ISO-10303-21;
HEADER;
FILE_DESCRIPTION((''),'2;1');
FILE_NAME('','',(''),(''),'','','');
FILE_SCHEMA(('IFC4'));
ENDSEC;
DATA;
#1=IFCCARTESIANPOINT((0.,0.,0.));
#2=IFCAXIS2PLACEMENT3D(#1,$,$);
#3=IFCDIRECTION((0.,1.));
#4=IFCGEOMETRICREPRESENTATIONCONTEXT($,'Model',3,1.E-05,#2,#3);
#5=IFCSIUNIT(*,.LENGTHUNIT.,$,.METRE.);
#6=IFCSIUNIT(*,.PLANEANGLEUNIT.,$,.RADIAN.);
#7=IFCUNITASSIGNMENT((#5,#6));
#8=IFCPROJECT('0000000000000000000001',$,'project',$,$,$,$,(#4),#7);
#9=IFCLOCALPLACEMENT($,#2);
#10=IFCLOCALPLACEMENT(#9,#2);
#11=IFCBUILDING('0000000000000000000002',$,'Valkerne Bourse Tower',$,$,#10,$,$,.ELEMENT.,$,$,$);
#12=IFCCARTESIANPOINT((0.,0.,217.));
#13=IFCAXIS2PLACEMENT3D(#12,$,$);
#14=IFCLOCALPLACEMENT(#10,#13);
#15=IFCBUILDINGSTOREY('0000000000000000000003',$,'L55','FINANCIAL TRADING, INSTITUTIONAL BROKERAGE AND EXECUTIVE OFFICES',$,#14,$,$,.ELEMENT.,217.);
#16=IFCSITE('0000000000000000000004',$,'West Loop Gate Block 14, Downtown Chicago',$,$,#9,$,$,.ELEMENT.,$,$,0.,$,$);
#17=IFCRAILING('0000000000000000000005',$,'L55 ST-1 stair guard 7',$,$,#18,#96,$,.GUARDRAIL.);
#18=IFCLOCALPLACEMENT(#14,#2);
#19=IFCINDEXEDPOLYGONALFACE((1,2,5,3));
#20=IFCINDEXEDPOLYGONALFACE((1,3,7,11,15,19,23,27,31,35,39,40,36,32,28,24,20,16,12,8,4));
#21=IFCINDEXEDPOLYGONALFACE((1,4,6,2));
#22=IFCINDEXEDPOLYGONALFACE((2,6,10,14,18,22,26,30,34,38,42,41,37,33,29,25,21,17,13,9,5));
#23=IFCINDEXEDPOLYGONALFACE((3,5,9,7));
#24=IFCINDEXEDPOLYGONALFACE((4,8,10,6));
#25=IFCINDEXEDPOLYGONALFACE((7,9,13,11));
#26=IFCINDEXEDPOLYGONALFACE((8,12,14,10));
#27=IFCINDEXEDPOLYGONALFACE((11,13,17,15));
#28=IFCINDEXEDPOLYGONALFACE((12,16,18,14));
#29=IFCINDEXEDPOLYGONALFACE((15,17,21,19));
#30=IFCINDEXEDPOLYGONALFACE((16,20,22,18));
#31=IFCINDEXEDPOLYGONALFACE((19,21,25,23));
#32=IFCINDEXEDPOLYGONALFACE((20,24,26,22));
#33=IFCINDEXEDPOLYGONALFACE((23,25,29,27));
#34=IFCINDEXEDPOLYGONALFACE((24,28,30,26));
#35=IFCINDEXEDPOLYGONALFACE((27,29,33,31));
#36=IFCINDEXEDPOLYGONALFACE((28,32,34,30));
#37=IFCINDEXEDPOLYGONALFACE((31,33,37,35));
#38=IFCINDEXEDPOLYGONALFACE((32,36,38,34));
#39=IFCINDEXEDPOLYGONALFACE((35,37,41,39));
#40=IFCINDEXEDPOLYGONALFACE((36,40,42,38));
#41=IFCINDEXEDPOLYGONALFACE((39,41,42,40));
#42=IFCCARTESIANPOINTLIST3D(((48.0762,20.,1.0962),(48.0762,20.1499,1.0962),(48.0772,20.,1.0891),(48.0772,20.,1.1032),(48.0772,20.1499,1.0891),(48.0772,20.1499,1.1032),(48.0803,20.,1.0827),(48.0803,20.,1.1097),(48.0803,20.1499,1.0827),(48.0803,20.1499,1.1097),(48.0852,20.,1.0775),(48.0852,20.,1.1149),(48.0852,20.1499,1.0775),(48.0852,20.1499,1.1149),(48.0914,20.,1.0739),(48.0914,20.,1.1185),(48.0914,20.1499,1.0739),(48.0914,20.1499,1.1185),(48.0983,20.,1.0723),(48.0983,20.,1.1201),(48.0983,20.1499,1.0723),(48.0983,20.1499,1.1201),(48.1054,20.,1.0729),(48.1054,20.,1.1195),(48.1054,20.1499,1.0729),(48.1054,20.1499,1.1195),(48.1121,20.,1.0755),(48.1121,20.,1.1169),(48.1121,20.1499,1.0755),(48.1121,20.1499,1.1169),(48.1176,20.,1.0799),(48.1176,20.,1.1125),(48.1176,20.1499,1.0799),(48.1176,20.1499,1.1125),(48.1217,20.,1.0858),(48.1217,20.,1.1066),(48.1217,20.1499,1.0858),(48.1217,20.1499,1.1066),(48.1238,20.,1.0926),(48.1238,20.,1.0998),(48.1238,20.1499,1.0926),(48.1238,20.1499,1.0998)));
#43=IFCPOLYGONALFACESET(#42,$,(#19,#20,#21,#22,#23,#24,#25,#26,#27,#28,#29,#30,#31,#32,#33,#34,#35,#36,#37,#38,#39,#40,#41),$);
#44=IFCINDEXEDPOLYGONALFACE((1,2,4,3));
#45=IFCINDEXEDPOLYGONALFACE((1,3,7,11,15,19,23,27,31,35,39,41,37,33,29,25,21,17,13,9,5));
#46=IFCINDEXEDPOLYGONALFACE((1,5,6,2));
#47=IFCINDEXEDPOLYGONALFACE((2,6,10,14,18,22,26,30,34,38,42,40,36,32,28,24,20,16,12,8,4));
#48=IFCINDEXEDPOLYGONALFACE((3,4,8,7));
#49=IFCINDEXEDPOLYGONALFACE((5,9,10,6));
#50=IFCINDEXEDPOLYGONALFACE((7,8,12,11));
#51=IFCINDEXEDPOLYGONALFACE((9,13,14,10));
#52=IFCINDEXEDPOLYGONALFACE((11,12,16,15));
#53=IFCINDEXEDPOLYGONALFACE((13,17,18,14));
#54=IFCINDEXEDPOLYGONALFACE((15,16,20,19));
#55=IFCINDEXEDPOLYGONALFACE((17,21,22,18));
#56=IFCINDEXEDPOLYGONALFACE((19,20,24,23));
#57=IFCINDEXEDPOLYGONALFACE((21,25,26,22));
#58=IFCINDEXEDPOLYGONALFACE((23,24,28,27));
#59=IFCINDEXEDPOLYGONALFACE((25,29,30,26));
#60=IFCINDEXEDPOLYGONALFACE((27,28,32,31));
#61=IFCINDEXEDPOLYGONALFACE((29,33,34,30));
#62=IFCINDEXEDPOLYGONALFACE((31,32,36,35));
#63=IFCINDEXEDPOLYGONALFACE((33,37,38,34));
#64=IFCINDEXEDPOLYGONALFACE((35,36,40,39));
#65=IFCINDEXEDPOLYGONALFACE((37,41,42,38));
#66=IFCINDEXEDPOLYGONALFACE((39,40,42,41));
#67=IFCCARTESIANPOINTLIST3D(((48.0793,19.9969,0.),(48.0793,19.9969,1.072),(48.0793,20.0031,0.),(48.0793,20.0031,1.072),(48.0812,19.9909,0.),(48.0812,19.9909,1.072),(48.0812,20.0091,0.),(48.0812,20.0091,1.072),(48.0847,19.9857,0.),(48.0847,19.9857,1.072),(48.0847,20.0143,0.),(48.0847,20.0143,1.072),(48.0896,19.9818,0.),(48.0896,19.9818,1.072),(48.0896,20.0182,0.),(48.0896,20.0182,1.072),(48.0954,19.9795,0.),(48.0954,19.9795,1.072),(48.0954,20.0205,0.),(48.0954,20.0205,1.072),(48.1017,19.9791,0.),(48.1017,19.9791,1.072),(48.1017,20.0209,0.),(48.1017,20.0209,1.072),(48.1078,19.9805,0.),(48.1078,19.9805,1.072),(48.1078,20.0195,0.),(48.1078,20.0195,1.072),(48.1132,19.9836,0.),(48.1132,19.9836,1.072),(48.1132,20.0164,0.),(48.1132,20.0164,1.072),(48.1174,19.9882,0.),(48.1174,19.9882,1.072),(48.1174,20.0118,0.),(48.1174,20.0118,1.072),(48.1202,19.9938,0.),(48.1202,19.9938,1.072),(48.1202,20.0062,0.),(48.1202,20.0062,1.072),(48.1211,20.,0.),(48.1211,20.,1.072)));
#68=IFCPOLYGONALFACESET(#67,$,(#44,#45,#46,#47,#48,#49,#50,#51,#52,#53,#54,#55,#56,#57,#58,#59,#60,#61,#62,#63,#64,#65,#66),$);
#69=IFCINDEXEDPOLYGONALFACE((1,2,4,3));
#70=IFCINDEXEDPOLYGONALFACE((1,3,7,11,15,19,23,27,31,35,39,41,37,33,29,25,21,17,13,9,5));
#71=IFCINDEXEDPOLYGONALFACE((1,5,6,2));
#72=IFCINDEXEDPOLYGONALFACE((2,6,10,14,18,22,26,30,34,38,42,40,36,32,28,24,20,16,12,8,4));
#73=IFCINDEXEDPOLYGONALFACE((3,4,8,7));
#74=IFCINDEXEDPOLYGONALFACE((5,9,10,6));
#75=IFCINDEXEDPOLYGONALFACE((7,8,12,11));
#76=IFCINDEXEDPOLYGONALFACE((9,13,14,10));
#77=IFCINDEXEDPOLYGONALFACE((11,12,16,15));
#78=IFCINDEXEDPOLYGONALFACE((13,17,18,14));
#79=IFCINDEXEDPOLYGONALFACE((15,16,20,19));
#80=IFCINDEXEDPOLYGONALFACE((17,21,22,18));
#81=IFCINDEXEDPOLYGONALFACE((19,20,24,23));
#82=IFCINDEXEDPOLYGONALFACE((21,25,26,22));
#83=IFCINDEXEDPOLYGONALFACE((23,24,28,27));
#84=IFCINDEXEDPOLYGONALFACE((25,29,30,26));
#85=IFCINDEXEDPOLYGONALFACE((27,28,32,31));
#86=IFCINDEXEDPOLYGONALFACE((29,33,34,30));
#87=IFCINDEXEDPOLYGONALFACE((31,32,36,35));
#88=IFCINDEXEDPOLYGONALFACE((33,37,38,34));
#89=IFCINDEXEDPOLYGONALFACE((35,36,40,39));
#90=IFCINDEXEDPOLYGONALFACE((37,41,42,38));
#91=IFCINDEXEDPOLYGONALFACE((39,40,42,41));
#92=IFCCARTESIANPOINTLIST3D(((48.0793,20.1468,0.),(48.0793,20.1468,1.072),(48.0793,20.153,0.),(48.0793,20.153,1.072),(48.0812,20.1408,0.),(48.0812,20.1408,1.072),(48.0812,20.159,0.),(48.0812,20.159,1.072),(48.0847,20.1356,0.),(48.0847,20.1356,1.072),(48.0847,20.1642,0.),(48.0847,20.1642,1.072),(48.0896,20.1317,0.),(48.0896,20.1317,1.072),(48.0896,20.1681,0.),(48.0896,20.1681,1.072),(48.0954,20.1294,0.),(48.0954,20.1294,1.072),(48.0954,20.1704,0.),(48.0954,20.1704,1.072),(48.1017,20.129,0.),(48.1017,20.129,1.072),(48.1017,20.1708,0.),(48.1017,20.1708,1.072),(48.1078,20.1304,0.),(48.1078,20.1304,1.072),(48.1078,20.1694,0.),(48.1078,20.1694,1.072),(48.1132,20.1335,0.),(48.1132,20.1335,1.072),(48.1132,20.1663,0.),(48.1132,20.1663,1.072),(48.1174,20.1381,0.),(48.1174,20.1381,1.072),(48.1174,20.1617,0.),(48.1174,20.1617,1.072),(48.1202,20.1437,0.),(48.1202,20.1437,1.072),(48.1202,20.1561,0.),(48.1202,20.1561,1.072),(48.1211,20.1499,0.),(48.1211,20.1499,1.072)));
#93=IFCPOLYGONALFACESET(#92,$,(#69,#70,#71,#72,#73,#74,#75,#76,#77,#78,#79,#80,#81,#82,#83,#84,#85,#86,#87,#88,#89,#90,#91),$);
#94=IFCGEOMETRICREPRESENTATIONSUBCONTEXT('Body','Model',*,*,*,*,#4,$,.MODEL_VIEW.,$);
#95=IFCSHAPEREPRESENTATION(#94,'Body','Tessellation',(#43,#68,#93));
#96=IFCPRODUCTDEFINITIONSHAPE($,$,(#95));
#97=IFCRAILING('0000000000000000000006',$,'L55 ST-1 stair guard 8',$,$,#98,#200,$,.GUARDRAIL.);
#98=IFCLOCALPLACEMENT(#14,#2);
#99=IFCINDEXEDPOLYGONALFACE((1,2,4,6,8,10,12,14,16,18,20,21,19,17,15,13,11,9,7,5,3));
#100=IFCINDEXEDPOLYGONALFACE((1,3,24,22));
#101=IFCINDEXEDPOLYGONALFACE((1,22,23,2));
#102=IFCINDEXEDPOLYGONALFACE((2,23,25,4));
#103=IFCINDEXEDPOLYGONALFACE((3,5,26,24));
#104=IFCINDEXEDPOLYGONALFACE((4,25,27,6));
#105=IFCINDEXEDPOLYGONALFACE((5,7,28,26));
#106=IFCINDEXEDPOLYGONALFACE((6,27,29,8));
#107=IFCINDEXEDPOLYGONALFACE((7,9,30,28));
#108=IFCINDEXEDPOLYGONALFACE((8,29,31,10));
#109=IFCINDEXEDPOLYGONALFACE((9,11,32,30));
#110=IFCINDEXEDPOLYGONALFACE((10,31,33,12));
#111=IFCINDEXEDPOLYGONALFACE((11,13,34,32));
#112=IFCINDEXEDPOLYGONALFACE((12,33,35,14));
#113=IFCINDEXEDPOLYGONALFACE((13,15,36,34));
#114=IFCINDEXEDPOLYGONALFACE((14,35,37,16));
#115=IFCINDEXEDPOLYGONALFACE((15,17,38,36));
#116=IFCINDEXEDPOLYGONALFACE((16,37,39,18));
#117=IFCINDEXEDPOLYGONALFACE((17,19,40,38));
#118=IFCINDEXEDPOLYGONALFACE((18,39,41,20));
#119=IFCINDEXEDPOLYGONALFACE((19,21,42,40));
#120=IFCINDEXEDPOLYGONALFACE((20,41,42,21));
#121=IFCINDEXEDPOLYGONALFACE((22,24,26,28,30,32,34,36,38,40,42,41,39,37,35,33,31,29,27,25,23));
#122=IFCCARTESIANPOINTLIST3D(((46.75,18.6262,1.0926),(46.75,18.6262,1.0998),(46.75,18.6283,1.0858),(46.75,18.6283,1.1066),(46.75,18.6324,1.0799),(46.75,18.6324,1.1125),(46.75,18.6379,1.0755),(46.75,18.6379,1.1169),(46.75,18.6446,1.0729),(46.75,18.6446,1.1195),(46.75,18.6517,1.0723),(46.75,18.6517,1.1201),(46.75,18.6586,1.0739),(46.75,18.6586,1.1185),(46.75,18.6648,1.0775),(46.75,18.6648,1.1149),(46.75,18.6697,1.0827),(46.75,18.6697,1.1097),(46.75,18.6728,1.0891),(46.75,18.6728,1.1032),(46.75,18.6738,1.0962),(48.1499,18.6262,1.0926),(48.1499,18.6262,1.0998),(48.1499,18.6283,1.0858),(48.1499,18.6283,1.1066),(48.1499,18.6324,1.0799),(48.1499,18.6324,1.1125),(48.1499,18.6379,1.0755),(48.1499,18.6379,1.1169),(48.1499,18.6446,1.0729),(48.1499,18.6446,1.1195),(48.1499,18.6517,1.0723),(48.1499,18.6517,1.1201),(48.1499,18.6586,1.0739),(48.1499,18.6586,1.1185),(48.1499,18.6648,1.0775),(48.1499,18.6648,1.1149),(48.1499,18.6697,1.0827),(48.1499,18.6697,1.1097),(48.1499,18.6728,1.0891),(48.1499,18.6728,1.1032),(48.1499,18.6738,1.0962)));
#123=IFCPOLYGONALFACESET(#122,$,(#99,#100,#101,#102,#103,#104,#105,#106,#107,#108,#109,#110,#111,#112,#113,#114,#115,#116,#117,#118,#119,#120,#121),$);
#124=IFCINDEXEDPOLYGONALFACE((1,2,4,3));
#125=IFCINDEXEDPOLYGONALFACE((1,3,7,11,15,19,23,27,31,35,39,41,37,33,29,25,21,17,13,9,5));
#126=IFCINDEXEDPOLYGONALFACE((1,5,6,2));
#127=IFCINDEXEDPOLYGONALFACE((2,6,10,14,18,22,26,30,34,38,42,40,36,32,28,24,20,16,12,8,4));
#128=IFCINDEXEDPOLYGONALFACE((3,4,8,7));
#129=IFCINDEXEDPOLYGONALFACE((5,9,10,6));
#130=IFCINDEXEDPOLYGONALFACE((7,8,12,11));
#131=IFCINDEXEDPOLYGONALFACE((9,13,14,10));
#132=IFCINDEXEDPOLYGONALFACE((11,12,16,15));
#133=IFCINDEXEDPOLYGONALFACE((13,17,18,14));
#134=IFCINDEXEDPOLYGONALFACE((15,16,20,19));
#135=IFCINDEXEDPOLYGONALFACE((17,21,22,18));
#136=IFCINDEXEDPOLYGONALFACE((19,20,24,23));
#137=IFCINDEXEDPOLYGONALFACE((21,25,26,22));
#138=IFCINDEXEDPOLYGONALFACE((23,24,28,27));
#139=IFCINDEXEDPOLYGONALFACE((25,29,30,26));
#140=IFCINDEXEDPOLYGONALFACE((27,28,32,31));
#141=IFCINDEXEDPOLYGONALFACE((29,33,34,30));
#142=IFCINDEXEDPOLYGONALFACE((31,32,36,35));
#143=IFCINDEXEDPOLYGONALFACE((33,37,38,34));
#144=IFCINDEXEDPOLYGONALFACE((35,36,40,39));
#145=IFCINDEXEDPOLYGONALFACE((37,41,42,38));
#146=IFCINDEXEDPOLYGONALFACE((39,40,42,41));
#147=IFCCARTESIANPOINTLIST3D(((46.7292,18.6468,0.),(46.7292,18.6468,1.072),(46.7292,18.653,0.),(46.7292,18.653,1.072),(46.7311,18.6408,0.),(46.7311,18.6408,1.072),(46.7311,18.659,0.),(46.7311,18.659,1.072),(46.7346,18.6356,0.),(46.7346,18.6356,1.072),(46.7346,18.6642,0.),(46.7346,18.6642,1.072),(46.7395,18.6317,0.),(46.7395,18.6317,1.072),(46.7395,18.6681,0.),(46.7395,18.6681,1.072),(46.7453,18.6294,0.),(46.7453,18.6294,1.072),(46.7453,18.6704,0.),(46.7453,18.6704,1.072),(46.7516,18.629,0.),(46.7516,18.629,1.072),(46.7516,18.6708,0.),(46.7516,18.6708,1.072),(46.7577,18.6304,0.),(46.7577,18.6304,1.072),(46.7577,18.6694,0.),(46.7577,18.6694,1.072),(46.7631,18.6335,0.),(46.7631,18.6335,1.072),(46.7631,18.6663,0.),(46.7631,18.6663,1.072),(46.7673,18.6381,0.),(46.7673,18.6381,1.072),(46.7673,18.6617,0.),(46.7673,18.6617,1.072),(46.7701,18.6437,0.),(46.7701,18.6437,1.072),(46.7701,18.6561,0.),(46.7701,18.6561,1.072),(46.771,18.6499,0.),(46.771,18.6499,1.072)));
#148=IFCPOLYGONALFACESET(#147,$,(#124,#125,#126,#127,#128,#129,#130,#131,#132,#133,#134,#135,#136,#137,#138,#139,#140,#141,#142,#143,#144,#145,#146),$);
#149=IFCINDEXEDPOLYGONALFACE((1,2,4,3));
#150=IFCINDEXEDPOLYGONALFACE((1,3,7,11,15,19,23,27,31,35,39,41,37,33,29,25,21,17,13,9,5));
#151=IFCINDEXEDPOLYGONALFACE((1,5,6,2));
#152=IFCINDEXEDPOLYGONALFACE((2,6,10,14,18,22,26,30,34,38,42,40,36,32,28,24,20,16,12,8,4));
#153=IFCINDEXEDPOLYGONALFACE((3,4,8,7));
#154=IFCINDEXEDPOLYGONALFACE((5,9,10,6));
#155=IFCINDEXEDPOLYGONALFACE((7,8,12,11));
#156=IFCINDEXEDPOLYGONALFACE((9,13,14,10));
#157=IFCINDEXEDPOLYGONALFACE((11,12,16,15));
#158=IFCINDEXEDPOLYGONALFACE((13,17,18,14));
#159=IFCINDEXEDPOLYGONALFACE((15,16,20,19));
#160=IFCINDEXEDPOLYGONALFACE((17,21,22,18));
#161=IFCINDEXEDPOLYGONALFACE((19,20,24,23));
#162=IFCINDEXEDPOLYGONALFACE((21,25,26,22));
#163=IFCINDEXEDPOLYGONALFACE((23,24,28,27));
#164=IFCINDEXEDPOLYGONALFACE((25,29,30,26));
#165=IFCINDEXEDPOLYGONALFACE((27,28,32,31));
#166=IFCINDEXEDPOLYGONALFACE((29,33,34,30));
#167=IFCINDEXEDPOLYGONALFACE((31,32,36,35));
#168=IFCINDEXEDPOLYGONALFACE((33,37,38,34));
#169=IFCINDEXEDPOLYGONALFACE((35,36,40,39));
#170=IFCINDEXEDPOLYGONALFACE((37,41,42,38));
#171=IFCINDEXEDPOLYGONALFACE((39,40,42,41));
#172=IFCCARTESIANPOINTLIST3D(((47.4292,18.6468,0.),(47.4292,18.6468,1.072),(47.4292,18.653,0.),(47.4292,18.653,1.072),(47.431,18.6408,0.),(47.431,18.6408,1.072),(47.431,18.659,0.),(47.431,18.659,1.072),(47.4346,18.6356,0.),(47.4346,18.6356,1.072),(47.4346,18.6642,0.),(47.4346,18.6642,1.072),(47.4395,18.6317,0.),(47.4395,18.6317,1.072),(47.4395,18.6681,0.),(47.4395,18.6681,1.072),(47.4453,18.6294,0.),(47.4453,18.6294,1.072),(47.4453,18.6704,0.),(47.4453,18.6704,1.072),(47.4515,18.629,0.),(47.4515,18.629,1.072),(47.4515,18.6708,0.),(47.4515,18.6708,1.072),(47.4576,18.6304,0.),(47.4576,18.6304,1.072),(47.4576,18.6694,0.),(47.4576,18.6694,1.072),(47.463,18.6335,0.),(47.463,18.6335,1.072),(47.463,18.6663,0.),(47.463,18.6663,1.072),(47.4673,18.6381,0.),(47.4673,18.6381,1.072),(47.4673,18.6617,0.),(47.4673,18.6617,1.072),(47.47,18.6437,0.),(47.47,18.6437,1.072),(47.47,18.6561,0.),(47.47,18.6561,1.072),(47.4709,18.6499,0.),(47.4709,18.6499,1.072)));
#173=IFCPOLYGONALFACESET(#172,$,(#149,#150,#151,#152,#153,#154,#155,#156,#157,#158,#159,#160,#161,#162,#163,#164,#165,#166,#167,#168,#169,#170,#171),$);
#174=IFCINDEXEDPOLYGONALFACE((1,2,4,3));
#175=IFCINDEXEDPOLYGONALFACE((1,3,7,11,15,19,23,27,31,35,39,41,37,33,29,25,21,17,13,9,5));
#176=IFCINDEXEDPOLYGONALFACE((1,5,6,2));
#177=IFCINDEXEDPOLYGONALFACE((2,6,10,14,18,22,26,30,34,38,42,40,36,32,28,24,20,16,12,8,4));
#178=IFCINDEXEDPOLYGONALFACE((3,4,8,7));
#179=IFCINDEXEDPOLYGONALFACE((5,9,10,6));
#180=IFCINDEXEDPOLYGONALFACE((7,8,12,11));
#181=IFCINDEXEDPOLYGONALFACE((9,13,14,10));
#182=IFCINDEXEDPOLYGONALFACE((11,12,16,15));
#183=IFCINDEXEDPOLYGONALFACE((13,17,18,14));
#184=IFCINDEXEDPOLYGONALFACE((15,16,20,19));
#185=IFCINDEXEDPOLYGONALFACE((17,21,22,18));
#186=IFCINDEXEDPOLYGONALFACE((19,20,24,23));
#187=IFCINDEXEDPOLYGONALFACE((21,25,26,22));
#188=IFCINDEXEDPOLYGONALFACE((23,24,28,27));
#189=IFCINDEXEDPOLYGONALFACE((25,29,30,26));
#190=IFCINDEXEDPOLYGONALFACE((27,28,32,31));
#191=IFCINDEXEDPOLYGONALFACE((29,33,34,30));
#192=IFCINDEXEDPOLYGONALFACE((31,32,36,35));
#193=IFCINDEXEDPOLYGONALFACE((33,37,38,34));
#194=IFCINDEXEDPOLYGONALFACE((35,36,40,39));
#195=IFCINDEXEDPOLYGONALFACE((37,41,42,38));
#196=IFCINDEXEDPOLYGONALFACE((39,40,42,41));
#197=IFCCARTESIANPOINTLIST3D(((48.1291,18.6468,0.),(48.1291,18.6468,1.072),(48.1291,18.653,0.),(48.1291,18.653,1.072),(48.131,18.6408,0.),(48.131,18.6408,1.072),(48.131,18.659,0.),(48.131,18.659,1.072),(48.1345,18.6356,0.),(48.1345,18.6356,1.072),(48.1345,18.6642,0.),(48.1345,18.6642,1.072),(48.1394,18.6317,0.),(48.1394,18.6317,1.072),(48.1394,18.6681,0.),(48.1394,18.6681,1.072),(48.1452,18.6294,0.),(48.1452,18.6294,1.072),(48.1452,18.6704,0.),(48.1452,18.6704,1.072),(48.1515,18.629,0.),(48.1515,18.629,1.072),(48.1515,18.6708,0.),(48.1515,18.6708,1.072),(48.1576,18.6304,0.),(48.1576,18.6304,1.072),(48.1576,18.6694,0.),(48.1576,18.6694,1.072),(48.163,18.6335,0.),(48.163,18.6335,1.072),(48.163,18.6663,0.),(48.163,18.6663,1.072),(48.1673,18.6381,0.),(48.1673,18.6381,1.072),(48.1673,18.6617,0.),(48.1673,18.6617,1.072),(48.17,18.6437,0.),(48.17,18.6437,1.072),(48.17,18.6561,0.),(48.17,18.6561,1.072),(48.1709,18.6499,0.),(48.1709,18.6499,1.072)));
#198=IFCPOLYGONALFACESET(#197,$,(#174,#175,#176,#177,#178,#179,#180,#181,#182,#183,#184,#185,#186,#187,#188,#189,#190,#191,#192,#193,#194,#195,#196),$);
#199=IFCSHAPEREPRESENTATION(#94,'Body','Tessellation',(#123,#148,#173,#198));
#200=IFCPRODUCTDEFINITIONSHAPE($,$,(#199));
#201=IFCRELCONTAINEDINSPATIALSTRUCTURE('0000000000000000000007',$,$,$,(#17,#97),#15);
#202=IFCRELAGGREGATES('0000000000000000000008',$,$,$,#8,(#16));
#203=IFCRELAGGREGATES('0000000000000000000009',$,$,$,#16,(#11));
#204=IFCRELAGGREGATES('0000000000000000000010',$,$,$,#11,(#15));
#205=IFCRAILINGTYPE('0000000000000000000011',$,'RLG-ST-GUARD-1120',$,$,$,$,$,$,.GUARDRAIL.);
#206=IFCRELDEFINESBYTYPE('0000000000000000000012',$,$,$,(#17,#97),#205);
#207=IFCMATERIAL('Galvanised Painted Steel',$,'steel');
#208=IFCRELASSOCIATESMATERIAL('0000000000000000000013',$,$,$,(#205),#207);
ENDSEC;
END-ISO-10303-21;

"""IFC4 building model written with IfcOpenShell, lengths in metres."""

from ifc_helpers import new_model, si_unit, direction, frame, origin, origin_2d, place, context, subcontext, project, spatial, circle, extrude, material, type_object, element, save


model = new_model("IFC4")

# Units and contexts
model_context = context("Model", 3, precision=1e-05, world=origin(), true_north=direction((0.0, 1.0)))
body_context = subcontext(model_context, "Body", "Model", "MODEL_VIEW")
ifc_project = project(units=[si_unit("LENGTHUNIT", "METRE"), si_unit("PLANEANGLEUNIT", "RADIAN")], contexts=[model_context])

# Site, building, storey
site_placement = place(None, origin())
site = spatial("IfcSite", under=ifc_project, at=site_placement, Name="West Loop Gate Block 14, Downtown Chicago", CompositionType="ELEMENT", RefElevation=0.0)
building_placement = place(site_placement, origin())
building = spatial("IfcBuilding", under=site, at=building_placement, Name="Valkerne Bourse Tower", CompositionType="ELEMENT")
storey_placement = place(building_placement, frame((0.0, 0.0, 217.0)))
storey = spatial("IfcBuildingStorey", under=building, at=storey_placement, Name="L55", Description="FINANCIAL TRADING, INSTITUTIONAL BROKERAGE AND EXECUTIVE OFFICES", CompositionType="ELEMENT", Elevation=217.0)

# Shared definitions
ifc_material_1 = material(Name="Galvanised Painted Steel", Category="steel")

# Railings
railing_type_1 = type_object("IfcRailingType", Name="RLG-ST-GUARD-1120", PredefinedType="GUARDRAIL", material=ifc_material_1)
railing_1_placement = place(storey_placement, frame((48.1001, 20.0, 0.0)))
element("IfcRailing", 1, at=railing_1_placement, inside=storey, type_object=railing_type_1, Name="L55 ST-1 stair guard 7", PredefinedType="GUARDRAIL", context=body_context, shape_type="SweptSolid", body=[
    extrude(circle(Radius=0.0239, at=origin_2d()), frame((0.0, 0.0, 1.0962), z_axis=(0.0, 1.0, 0.0), x_axis=(-1.0, 0.0, 0.0)), (0.0, 0.0, 1.0), 0.1499),
    extrude(circle(Radius=0.021, at=origin_2d()), origin(), (0.0, 0.0, 1.0), 1.072),
    extrude(circle(Radius=0.021, at=origin_2d()), frame((0.0, 0.1499, 0.0)), (0.0, 0.0, 1.0), 1.072),
])
for number, where, name in (
    (2, (46.75, 18.6499, 0.0), "L55 ST-1 stair guard 8"),
):
    element("IfcRailing", number, at=place(storey_placement, frame(where)), inside=storey, type_object=railing_type_1, Name=name, PredefinedType="GUARDRAIL", context=body_context, shape_type="SweptSolid", body=[
        extrude(circle(Radius=0.0239, at=origin_2d()), frame((0.0, 0.0, 1.0962), z_axis=(1.0, 0.0, 0.0), x_axis=(0.0, 1.0, 0.0)), (0.0, 0.0, 1.0), 1.3999),
        extrude(circle(Radius=0.021, at=origin_2d()), origin(), (0.0, 0.0, 1.0), 1.072),
        extrude(circle(Radius=0.021, at=origin_2d()), frame((0.7, 0.0, 0.0)), (0.0, 0.0, 1.0), 1.072),
        extrude(circle(Radius=0.021, at=origin_2d()), frame((1.3999, 0.0, 0.0)), (0.0, 0.0, 1.0), 1.072),
    ])

save(model, "model.ifc")
